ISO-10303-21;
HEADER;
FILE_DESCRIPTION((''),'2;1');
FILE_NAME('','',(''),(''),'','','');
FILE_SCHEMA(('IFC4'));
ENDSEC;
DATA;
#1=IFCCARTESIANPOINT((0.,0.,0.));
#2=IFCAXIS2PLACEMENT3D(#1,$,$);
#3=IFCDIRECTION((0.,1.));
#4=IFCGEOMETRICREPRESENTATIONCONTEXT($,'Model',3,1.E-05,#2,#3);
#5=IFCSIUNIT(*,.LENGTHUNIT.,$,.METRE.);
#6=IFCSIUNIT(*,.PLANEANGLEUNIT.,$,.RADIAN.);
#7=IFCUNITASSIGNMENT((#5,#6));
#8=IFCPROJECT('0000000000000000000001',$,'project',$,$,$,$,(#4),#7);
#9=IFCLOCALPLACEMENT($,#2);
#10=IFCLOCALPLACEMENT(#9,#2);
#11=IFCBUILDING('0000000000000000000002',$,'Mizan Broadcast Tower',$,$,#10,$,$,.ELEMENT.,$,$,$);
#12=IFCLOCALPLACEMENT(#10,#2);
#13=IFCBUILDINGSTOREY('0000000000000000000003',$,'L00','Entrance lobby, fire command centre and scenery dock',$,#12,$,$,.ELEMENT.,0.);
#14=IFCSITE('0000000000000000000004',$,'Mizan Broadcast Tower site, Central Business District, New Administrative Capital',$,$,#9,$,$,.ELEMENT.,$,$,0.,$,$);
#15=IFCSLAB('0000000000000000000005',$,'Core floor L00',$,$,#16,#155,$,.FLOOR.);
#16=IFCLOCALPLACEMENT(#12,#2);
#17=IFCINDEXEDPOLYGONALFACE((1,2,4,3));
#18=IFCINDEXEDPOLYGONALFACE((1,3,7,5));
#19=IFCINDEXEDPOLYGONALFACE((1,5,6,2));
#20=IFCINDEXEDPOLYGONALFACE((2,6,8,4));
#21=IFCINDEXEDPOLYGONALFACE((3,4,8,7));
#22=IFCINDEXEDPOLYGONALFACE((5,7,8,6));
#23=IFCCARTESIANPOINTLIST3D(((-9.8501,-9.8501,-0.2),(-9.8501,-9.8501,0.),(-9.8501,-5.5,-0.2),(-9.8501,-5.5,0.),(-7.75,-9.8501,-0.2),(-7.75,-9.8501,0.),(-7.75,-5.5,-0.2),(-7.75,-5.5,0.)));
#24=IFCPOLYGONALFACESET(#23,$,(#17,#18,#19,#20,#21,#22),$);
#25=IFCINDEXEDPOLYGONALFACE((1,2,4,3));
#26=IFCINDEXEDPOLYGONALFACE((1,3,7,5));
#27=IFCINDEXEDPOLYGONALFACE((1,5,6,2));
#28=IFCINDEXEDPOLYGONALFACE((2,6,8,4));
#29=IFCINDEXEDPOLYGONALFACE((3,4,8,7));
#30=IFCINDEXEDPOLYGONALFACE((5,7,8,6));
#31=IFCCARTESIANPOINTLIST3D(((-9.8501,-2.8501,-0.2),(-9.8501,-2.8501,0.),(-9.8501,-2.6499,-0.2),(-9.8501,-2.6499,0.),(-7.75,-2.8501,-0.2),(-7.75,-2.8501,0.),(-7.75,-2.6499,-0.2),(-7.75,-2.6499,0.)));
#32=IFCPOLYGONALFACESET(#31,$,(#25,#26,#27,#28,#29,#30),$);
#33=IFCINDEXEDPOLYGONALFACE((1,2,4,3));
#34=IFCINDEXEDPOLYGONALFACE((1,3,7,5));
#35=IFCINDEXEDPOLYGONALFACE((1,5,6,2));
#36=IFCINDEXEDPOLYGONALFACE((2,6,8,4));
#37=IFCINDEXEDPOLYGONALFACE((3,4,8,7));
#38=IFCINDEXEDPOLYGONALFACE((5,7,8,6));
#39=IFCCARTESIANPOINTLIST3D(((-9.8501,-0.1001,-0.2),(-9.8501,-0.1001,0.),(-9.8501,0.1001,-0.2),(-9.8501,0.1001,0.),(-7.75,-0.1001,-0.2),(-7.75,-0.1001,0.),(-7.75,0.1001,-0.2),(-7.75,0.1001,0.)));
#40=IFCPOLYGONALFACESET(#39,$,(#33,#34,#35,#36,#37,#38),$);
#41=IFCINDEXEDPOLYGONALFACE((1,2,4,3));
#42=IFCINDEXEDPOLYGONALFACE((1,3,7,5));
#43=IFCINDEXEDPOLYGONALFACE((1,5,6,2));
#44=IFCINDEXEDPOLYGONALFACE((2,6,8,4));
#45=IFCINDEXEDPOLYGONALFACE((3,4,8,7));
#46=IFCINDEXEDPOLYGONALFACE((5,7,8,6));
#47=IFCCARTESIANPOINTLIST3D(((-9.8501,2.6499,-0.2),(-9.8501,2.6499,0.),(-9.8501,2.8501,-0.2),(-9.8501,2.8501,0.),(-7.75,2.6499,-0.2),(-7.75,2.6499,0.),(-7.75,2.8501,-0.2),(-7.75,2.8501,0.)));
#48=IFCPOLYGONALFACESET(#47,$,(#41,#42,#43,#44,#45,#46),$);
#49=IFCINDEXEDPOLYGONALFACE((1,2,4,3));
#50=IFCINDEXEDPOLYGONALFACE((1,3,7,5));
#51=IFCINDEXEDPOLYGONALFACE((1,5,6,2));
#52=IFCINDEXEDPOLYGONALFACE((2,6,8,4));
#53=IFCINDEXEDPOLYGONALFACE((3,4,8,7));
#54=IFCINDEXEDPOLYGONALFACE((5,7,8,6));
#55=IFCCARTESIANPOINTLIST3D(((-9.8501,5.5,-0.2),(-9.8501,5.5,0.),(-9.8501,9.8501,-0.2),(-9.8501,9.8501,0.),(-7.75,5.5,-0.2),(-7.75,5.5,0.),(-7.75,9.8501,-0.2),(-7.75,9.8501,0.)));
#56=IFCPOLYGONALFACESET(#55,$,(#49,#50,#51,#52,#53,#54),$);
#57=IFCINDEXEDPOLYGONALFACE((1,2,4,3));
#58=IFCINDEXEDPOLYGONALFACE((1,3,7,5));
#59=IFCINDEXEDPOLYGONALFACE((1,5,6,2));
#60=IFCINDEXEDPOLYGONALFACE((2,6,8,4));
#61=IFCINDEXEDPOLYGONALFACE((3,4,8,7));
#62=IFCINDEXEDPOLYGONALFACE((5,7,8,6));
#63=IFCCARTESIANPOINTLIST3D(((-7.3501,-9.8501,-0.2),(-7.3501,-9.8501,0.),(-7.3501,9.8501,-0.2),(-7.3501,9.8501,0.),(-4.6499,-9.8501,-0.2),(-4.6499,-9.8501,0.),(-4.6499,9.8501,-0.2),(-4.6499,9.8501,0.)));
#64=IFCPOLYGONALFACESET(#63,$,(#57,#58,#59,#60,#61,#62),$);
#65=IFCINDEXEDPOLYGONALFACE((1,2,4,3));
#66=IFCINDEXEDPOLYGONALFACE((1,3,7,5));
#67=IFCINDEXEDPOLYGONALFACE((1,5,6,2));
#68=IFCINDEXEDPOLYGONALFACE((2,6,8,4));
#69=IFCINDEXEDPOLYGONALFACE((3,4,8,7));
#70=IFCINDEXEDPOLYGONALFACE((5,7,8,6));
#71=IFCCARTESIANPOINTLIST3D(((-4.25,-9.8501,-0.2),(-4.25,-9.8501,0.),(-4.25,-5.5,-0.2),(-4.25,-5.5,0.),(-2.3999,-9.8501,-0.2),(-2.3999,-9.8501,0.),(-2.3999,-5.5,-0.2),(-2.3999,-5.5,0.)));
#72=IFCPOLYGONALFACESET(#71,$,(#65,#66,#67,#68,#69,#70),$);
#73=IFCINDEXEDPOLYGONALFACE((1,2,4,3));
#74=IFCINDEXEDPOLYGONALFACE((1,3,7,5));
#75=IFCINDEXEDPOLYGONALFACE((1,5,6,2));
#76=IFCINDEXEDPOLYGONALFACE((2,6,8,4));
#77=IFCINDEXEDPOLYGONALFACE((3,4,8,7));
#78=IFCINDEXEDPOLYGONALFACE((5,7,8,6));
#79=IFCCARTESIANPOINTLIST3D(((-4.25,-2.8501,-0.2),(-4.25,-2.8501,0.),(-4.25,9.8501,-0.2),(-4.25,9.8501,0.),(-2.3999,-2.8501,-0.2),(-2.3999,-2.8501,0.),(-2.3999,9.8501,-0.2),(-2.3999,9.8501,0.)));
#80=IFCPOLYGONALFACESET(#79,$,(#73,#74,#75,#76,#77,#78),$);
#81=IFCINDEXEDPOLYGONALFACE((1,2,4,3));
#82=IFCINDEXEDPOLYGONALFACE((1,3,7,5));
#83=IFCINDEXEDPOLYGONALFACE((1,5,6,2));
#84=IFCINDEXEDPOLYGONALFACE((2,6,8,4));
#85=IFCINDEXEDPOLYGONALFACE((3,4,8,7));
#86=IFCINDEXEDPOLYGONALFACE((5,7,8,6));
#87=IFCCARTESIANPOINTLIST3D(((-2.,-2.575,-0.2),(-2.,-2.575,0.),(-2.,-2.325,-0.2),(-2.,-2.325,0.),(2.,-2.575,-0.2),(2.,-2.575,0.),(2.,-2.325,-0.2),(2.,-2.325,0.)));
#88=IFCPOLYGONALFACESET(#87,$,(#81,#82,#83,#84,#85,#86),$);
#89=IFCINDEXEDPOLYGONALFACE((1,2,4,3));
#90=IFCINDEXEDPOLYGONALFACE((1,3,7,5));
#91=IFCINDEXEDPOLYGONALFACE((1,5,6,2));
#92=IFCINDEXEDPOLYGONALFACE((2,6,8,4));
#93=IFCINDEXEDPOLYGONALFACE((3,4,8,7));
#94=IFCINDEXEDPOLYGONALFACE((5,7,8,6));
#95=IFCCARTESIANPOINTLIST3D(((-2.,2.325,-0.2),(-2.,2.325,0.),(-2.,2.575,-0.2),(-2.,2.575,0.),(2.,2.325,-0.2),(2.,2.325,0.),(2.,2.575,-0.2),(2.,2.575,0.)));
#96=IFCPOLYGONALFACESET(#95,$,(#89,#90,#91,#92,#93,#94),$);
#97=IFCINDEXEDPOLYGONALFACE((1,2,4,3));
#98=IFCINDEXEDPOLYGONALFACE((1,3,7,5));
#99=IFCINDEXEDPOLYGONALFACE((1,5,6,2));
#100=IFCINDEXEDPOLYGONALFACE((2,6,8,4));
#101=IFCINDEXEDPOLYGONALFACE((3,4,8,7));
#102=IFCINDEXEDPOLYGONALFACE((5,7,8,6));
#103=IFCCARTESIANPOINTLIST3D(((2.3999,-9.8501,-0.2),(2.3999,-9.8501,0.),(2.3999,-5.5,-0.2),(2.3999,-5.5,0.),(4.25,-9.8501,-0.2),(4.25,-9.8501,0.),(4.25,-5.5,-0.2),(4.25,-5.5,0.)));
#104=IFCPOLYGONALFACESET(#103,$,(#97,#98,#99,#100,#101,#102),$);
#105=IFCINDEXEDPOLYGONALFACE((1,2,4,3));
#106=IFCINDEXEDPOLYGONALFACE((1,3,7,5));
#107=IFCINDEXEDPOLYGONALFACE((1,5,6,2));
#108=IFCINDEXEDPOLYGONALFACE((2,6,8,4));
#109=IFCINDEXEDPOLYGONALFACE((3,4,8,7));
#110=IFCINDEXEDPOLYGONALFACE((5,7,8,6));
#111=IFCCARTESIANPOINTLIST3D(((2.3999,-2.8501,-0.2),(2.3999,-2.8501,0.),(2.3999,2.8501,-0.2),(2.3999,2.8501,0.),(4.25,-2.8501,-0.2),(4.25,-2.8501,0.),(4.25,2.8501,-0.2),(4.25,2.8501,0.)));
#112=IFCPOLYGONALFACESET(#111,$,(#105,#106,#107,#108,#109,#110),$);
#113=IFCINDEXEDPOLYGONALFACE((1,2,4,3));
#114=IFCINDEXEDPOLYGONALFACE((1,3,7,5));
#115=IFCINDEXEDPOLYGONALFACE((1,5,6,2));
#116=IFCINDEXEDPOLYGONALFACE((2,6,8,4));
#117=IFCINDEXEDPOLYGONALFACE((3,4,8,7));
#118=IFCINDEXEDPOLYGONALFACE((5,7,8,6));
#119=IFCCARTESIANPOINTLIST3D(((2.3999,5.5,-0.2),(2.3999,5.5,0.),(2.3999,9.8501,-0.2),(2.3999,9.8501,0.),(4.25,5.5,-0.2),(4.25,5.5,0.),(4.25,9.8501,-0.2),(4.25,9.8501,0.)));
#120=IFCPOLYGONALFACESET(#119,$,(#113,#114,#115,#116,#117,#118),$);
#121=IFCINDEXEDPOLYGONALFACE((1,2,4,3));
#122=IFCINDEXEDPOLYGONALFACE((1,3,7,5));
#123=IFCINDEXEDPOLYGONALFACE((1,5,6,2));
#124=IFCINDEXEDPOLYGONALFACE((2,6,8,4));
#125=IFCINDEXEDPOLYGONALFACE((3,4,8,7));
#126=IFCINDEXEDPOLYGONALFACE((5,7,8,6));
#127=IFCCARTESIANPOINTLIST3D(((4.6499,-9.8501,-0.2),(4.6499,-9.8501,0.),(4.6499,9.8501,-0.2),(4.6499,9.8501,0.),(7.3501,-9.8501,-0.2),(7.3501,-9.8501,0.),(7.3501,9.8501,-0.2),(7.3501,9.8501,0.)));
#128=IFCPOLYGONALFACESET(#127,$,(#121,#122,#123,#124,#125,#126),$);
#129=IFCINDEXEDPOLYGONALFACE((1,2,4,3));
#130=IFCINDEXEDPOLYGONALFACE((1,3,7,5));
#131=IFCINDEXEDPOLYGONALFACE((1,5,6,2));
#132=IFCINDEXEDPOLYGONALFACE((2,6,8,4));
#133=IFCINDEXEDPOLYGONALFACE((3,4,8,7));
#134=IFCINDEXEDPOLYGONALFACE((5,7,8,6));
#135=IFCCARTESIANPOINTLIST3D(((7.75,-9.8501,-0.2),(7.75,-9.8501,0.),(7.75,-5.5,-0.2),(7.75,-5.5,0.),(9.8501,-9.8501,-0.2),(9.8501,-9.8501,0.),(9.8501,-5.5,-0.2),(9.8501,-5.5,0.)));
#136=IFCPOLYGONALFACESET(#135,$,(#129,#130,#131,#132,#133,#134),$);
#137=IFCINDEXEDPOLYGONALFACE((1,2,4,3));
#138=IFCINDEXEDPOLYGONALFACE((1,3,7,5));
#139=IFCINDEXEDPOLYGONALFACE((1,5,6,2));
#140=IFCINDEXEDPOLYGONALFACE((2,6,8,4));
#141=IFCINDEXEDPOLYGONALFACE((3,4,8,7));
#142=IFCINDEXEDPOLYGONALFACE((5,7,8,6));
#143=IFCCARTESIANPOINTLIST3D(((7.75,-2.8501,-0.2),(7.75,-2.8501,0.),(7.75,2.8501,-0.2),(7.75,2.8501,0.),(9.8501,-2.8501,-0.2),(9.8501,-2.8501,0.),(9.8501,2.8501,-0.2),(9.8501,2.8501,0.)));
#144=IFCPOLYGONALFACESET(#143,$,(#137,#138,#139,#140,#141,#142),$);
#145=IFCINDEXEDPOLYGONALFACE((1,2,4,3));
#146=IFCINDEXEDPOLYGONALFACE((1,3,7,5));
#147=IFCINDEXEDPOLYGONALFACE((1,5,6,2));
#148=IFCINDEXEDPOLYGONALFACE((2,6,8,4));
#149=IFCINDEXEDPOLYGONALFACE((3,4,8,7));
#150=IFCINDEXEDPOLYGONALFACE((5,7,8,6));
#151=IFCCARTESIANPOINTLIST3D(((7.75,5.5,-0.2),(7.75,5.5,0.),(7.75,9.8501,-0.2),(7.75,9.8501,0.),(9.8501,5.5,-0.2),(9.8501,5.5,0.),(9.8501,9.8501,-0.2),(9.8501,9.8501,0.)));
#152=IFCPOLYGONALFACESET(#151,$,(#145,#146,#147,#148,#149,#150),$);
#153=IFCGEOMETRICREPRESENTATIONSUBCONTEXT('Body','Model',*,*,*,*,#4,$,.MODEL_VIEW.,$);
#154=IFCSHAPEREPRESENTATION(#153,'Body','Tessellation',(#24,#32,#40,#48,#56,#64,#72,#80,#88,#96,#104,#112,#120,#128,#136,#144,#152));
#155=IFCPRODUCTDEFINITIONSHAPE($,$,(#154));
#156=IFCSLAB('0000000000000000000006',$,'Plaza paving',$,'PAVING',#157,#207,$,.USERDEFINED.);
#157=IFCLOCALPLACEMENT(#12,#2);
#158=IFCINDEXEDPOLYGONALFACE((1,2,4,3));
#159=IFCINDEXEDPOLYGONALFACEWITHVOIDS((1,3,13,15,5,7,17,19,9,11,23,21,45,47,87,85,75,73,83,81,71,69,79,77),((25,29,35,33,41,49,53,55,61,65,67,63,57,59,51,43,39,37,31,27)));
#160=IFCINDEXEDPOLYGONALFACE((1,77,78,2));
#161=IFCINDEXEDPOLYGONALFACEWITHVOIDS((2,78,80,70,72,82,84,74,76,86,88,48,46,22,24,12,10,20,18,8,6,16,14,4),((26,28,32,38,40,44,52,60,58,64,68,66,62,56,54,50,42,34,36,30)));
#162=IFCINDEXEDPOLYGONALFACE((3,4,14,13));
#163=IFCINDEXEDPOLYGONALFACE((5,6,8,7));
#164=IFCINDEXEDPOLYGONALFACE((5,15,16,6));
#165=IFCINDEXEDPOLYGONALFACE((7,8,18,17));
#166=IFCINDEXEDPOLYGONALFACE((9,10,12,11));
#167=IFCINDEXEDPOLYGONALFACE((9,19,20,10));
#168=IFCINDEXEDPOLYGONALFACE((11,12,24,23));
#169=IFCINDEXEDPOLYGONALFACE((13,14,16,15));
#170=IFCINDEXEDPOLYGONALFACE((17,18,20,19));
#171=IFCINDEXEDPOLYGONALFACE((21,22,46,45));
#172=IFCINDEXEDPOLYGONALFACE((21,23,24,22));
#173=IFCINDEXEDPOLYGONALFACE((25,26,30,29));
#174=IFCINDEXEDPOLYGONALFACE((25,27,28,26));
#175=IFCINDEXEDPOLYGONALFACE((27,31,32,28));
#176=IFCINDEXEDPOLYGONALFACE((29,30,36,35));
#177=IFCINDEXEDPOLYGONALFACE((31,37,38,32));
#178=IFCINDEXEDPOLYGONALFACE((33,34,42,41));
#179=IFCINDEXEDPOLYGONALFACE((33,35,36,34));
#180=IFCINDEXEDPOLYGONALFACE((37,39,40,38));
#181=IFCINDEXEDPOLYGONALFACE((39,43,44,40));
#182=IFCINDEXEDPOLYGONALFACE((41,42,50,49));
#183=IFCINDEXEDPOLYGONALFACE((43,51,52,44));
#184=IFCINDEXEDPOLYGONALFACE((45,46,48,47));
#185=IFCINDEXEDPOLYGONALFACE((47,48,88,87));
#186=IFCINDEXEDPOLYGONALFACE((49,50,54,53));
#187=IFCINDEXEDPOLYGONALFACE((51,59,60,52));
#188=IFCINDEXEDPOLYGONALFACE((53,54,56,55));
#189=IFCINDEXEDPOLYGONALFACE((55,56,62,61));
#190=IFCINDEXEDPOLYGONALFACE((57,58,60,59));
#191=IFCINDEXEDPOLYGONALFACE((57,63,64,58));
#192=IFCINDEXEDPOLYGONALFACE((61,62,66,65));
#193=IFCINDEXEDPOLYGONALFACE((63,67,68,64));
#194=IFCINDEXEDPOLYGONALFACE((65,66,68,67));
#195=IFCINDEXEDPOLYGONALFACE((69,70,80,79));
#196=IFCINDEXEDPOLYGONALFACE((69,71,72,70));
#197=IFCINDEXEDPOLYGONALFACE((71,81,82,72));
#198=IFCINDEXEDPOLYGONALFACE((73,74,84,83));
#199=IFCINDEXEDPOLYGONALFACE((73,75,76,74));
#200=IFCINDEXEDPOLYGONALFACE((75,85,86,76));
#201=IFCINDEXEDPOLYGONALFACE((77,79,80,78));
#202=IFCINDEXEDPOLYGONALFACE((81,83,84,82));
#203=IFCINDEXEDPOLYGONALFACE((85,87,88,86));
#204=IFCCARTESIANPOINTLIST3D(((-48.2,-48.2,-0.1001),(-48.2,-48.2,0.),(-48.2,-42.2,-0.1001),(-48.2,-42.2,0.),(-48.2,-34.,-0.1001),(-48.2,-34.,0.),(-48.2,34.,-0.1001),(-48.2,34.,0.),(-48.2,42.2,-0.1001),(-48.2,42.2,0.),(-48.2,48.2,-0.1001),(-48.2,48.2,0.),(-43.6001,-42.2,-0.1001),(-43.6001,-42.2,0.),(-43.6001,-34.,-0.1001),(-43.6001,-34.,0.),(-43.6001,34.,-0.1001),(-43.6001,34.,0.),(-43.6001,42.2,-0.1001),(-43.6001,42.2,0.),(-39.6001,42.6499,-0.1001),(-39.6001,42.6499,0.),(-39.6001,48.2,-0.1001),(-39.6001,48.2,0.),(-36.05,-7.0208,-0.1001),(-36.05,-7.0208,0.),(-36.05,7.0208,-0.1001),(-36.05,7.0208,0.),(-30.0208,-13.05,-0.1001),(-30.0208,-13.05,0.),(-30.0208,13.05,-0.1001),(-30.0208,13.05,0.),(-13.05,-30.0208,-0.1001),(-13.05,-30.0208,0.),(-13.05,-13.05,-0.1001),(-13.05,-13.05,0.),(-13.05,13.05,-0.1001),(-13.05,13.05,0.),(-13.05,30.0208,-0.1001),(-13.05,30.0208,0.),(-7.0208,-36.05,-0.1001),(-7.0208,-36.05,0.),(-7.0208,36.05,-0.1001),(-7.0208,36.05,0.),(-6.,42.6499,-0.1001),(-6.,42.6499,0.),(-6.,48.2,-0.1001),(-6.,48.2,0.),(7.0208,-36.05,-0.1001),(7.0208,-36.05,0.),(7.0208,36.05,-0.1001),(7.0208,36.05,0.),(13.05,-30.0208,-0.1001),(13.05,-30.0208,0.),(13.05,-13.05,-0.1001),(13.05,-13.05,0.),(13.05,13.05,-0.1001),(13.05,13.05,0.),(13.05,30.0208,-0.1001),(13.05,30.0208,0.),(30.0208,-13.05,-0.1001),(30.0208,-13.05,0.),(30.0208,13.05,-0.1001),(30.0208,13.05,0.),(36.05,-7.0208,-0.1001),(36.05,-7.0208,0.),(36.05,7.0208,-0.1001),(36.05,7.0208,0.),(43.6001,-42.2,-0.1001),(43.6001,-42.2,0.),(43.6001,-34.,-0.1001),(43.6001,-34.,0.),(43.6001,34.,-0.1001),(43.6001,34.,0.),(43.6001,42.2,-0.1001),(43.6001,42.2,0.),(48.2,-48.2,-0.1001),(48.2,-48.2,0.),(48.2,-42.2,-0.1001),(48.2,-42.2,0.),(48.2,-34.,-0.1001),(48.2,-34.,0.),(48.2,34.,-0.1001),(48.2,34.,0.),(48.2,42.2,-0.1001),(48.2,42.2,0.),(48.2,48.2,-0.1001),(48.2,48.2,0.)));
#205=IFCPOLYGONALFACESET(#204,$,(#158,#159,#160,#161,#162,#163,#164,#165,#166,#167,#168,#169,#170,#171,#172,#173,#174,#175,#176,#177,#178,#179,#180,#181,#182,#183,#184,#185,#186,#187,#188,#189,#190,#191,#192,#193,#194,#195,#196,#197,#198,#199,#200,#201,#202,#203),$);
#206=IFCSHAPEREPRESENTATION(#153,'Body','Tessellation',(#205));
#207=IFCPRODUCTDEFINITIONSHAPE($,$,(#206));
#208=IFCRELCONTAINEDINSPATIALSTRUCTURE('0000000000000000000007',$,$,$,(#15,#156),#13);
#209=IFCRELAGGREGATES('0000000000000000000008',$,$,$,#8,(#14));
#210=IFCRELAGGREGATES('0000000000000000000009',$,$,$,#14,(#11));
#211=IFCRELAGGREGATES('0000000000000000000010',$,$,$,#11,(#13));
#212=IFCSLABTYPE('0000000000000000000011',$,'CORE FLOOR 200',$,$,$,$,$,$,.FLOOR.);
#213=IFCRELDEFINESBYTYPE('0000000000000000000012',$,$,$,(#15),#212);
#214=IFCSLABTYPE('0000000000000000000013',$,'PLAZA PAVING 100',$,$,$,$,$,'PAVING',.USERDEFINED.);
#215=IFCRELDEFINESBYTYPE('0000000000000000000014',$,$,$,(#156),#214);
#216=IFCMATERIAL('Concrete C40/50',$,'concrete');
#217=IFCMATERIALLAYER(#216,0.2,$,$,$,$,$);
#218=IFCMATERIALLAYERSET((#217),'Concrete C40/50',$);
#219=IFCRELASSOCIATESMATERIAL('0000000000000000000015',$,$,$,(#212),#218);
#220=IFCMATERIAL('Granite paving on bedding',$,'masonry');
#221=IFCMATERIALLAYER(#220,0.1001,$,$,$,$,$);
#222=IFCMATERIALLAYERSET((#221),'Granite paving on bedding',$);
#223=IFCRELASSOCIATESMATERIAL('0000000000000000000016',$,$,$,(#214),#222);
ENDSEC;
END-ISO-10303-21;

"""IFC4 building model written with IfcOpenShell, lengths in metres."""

from ifc_helpers import new_model, si_unit, direction, frame, origin, place, context, subcontext, project, spatial, polyline, outline, extrude, material, layer, layer_set, type_object, element, save


model = new_model("IFC4")

# Units and contexts
model_context = context("Model", 3, precision=1e-05, world=origin(), true_north=direction((0.0, 1.0)))
body_context = subcontext(model_context, "Body", "Model", "MODEL_VIEW")
ifc_project = project(units=[si_unit("LENGTHUNIT", "METRE"), si_unit("PLANEANGLEUNIT", "RADIAN")], contexts=[model_context])

# Site, building, storey
site_placement = place(None, origin())
site = spatial("IfcSite", under=ifc_project, at=site_placement, Name="Mizan Broadcast Tower site, Central Business District, New Administrative Capital", CompositionType="ELEMENT", RefElevation=0.0)
building_placement = place(site_placement, origin())
building = spatial("IfcBuilding", under=site, at=building_placement, Name="Mizan Broadcast Tower", CompositionType="ELEMENT")
storey_placement = place(building_placement, origin())
storey = spatial("IfcBuildingStorey", under=building, at=storey_placement, Name="L00", Description="Entrance lobby, fire command centre and scenery dock", CompositionType="ELEMENT", Elevation=0.0)

# Slabs
ifc_material_1 = material(Name="Concrete C40/50", Category="concrete")
ifc_layer_1 = layer(ifc_material_1, 0.2)
ifc_layer_set_1 = layer_set([ifc_layer_1], Name="Concrete C40/50")
slab_type_1 = type_object("IfcSlabType", Name="CORE FLOOR 200", PredefinedType="FLOOR", material=ifc_layer_set_1)
slab_1_placement = place(storey_placement, frame((0.0, 0.0, -0.2)))
element("IfcSlab", 1, at=slab_1_placement, inside=storey, type_object=slab_type_1, Name="Core floor L00", PredefinedType="FLOOR", context=body_context, shape_type="SweptSolid", body=[
    extrude(outline(polyline([(-9.8501, -9.8501), (-7.75, -9.8501), (-7.75, -5.5), (-9.8501, -5.5), (-9.8501, -9.8501)])), origin(), (0.0, 0.0, 1.0), 0.2),
    extrude(outline(polyline([(-9.8501, -2.8501), (-7.75, -2.8501), (-7.75, -2.6499), (-9.8501, -2.6499), (-9.8501, -2.8501)])), origin(), (0.0, 0.0, 1.0), 0.2),
    extrude(outline(polyline([(-9.8501, -0.1001), (-7.75, -0.1001), (-7.75, 0.1001), (-9.8501, 0.1001), (-9.8501, -0.1001)])), origin(), (0.0, 0.0, 1.0), 0.2),
    extrude(outline(polyline([(-9.8501, 2.6499), (-7.75, 2.6499), (-7.75, 2.8501), (-9.8501, 2.8501), (-9.8501, 2.6499)])), origin(), (0.0, 0.0, 1.0), 0.2),
    extrude(outline(polyline([(-9.8501, 5.5), (-7.75, 5.5), (-7.75, 9.8501), (-9.8501, 9.8501), (-9.8501, 5.5)])), origin(), (0.0, 0.0, 1.0), 0.2),
    extrude(outline(polyline([(-4.6499, 9.8501), (-7.3501, 9.8501), (-7.3501, -9.8501), (-4.6499, -9.8501), (-4.6499, 9.8501)])), origin(), (0.0, 0.0, 1.0), 0.2),
    extrude(outline(polyline([(-4.25, -5.5), (-4.25, -9.8501), (-2.3999, -9.8501), (-2.3999, -5.5), (-4.25, -5.5)])), origin(), (0.0, 0.0, 1.0), 0.2),
    extrude(outline(polyline([(-4.25, -2.8501), (-2.3999, -2.8501), (-2.3999, 9.8501), (-4.25, 9.8501), (-4.25, -2.8501)])), origin(), (0.0, 0.0, 1.0), 0.2),
    extrude(outline(polyline([(2.0, -2.325), (-2.0, -2.325), (-2.0, -2.575), (2.0, -2.575), (2.0, -2.325)])), origin(), (0.0, 0.0, 1.0), 0.2),
    extrude(outline(polyline([(2.0, 2.575), (-2.0, 2.575), (-2.0, 2.325), (2.0, 2.325), (2.0, 2.575)])), origin(), (0.0, 0.0, 1.0), 0.2),
    extrude(outline(polyline([(4.25, -9.8501), (4.25, -5.5), (2.3999, -5.5), (2.3999, -9.8501), (4.25, -9.8501)])), origin(), (0.0, 0.0, 1.0), 0.2),
    extrude(outline(polyline([(4.25, -2.8501), (4.25, 2.8501), (2.3999, 2.8501), (2.3999, -2.8501), (4.25, -2.8501)])), origin(), (0.0, 0.0, 1.0), 0.2),
    extrude(outline(polyline([(4.25, 5.5), (4.25, 9.8501), (2.3999, 9.8501), (2.3999, 5.5), (4.25, 5.5)])), origin(), (0.0, 0.0, 1.0), 0.2),
    extrude(outline(polyline([(4.6499, 9.8501), (4.6499, -9.8501), (7.3501, -9.8501), (7.3501, 9.8501), (4.6499, 9.8501)])), origin(), (0.0, 0.0, 1.0), 0.2),
    extrude(outline(polyline([(9.8501, -9.8501), (9.8501, -5.5), (7.75, -5.5), (7.75, -9.8501), (9.8501, -9.8501)])), origin(), (0.0, 0.0, 1.0), 0.2),
    extrude(outline(polyline([(7.75, 2.8501), (7.75, -2.8501), (9.8501, -2.8501), (9.8501, 2.8501), (7.75, 2.8501)])), origin(), (0.0, 0.0, 1.0), 0.2),
    extrude(outline(polyline([(9.8501, 5.5), (9.8501, 9.8501), (7.75, 9.8501), (7.75, 5.5), (9.8501, 5.5)])), origin(), (0.0, 0.0, 1.0), 0.2),
])
ifc_material_2 = material(Name="Granite paving on bedding", Category="masonry")
ifc_layer_2 = layer(ifc_material_2, 0.1001)
ifc_layer_set_2 = layer_set([ifc_layer_2], Name="Granite paving on bedding")
slab_type_2 = type_object("IfcSlabType", Name="PLAZA PAVING 100", ElementType="PAVING", PredefinedType="USERDEFINED", material=ifc_layer_set_2)
slab_2_placement = place(storey_placement, frame((0.0, 0.0, -0.1001)))
element("IfcSlab", 2, at=slab_2_placement, inside=storey, type_object=slab_type_2, Name="Plaza paving", ObjectType="PAVING", PredefinedType="USERDEFINED", context=body_context, shape_type="SweptSolid", body=[
    extrude(outline(polyline([(-6.0, 48.2), (-6.0, 42.6499), (-39.6001, 42.6499), (-39.6001, 48.2), (-48.2, 48.2), (-48.2, 42.2), (-43.6001, 42.2), (-43.6001, 34.0), (-48.2, 34.0), (-48.2, -34.0), (-43.6001, -34.0), (-43.6001, -42.2), (-48.2, -42.2), (-48.2, -48.2), (48.2, -48.2), (48.2, -42.2), (43.6001, -42.2), (43.6001, -34.0), (48.2, -34.0), (48.2, 34.0), (43.6001, 34.0), (43.6001, 42.2), (48.2, 42.2), (48.2, 48.2), (-6.0, 48.2)]), holes=[polyline([(13.05, 30.0208), (13.05, 13.05), (30.0208, 13.05), (36.05, 7.0208), (36.05, -7.0208), (30.0208, -13.05), (13.05, -13.05), (13.05, -30.0208), (7.0208, -36.05), (-7.0208, -36.05), (-13.05, -30.0208), (-13.05, -13.05), (-30.0208, -13.05), (-36.05, -7.0208), (-36.05, 7.0208), (-30.0208, 13.05), (-13.05, 13.05), (-13.05, 30.0208), (-7.0208, 36.05), (7.0208, 36.05), (13.05, 30.0208)])]), origin(), (0.0, 0.0, 1.0), 0.1001),
])

save(model, "model.ifc")
